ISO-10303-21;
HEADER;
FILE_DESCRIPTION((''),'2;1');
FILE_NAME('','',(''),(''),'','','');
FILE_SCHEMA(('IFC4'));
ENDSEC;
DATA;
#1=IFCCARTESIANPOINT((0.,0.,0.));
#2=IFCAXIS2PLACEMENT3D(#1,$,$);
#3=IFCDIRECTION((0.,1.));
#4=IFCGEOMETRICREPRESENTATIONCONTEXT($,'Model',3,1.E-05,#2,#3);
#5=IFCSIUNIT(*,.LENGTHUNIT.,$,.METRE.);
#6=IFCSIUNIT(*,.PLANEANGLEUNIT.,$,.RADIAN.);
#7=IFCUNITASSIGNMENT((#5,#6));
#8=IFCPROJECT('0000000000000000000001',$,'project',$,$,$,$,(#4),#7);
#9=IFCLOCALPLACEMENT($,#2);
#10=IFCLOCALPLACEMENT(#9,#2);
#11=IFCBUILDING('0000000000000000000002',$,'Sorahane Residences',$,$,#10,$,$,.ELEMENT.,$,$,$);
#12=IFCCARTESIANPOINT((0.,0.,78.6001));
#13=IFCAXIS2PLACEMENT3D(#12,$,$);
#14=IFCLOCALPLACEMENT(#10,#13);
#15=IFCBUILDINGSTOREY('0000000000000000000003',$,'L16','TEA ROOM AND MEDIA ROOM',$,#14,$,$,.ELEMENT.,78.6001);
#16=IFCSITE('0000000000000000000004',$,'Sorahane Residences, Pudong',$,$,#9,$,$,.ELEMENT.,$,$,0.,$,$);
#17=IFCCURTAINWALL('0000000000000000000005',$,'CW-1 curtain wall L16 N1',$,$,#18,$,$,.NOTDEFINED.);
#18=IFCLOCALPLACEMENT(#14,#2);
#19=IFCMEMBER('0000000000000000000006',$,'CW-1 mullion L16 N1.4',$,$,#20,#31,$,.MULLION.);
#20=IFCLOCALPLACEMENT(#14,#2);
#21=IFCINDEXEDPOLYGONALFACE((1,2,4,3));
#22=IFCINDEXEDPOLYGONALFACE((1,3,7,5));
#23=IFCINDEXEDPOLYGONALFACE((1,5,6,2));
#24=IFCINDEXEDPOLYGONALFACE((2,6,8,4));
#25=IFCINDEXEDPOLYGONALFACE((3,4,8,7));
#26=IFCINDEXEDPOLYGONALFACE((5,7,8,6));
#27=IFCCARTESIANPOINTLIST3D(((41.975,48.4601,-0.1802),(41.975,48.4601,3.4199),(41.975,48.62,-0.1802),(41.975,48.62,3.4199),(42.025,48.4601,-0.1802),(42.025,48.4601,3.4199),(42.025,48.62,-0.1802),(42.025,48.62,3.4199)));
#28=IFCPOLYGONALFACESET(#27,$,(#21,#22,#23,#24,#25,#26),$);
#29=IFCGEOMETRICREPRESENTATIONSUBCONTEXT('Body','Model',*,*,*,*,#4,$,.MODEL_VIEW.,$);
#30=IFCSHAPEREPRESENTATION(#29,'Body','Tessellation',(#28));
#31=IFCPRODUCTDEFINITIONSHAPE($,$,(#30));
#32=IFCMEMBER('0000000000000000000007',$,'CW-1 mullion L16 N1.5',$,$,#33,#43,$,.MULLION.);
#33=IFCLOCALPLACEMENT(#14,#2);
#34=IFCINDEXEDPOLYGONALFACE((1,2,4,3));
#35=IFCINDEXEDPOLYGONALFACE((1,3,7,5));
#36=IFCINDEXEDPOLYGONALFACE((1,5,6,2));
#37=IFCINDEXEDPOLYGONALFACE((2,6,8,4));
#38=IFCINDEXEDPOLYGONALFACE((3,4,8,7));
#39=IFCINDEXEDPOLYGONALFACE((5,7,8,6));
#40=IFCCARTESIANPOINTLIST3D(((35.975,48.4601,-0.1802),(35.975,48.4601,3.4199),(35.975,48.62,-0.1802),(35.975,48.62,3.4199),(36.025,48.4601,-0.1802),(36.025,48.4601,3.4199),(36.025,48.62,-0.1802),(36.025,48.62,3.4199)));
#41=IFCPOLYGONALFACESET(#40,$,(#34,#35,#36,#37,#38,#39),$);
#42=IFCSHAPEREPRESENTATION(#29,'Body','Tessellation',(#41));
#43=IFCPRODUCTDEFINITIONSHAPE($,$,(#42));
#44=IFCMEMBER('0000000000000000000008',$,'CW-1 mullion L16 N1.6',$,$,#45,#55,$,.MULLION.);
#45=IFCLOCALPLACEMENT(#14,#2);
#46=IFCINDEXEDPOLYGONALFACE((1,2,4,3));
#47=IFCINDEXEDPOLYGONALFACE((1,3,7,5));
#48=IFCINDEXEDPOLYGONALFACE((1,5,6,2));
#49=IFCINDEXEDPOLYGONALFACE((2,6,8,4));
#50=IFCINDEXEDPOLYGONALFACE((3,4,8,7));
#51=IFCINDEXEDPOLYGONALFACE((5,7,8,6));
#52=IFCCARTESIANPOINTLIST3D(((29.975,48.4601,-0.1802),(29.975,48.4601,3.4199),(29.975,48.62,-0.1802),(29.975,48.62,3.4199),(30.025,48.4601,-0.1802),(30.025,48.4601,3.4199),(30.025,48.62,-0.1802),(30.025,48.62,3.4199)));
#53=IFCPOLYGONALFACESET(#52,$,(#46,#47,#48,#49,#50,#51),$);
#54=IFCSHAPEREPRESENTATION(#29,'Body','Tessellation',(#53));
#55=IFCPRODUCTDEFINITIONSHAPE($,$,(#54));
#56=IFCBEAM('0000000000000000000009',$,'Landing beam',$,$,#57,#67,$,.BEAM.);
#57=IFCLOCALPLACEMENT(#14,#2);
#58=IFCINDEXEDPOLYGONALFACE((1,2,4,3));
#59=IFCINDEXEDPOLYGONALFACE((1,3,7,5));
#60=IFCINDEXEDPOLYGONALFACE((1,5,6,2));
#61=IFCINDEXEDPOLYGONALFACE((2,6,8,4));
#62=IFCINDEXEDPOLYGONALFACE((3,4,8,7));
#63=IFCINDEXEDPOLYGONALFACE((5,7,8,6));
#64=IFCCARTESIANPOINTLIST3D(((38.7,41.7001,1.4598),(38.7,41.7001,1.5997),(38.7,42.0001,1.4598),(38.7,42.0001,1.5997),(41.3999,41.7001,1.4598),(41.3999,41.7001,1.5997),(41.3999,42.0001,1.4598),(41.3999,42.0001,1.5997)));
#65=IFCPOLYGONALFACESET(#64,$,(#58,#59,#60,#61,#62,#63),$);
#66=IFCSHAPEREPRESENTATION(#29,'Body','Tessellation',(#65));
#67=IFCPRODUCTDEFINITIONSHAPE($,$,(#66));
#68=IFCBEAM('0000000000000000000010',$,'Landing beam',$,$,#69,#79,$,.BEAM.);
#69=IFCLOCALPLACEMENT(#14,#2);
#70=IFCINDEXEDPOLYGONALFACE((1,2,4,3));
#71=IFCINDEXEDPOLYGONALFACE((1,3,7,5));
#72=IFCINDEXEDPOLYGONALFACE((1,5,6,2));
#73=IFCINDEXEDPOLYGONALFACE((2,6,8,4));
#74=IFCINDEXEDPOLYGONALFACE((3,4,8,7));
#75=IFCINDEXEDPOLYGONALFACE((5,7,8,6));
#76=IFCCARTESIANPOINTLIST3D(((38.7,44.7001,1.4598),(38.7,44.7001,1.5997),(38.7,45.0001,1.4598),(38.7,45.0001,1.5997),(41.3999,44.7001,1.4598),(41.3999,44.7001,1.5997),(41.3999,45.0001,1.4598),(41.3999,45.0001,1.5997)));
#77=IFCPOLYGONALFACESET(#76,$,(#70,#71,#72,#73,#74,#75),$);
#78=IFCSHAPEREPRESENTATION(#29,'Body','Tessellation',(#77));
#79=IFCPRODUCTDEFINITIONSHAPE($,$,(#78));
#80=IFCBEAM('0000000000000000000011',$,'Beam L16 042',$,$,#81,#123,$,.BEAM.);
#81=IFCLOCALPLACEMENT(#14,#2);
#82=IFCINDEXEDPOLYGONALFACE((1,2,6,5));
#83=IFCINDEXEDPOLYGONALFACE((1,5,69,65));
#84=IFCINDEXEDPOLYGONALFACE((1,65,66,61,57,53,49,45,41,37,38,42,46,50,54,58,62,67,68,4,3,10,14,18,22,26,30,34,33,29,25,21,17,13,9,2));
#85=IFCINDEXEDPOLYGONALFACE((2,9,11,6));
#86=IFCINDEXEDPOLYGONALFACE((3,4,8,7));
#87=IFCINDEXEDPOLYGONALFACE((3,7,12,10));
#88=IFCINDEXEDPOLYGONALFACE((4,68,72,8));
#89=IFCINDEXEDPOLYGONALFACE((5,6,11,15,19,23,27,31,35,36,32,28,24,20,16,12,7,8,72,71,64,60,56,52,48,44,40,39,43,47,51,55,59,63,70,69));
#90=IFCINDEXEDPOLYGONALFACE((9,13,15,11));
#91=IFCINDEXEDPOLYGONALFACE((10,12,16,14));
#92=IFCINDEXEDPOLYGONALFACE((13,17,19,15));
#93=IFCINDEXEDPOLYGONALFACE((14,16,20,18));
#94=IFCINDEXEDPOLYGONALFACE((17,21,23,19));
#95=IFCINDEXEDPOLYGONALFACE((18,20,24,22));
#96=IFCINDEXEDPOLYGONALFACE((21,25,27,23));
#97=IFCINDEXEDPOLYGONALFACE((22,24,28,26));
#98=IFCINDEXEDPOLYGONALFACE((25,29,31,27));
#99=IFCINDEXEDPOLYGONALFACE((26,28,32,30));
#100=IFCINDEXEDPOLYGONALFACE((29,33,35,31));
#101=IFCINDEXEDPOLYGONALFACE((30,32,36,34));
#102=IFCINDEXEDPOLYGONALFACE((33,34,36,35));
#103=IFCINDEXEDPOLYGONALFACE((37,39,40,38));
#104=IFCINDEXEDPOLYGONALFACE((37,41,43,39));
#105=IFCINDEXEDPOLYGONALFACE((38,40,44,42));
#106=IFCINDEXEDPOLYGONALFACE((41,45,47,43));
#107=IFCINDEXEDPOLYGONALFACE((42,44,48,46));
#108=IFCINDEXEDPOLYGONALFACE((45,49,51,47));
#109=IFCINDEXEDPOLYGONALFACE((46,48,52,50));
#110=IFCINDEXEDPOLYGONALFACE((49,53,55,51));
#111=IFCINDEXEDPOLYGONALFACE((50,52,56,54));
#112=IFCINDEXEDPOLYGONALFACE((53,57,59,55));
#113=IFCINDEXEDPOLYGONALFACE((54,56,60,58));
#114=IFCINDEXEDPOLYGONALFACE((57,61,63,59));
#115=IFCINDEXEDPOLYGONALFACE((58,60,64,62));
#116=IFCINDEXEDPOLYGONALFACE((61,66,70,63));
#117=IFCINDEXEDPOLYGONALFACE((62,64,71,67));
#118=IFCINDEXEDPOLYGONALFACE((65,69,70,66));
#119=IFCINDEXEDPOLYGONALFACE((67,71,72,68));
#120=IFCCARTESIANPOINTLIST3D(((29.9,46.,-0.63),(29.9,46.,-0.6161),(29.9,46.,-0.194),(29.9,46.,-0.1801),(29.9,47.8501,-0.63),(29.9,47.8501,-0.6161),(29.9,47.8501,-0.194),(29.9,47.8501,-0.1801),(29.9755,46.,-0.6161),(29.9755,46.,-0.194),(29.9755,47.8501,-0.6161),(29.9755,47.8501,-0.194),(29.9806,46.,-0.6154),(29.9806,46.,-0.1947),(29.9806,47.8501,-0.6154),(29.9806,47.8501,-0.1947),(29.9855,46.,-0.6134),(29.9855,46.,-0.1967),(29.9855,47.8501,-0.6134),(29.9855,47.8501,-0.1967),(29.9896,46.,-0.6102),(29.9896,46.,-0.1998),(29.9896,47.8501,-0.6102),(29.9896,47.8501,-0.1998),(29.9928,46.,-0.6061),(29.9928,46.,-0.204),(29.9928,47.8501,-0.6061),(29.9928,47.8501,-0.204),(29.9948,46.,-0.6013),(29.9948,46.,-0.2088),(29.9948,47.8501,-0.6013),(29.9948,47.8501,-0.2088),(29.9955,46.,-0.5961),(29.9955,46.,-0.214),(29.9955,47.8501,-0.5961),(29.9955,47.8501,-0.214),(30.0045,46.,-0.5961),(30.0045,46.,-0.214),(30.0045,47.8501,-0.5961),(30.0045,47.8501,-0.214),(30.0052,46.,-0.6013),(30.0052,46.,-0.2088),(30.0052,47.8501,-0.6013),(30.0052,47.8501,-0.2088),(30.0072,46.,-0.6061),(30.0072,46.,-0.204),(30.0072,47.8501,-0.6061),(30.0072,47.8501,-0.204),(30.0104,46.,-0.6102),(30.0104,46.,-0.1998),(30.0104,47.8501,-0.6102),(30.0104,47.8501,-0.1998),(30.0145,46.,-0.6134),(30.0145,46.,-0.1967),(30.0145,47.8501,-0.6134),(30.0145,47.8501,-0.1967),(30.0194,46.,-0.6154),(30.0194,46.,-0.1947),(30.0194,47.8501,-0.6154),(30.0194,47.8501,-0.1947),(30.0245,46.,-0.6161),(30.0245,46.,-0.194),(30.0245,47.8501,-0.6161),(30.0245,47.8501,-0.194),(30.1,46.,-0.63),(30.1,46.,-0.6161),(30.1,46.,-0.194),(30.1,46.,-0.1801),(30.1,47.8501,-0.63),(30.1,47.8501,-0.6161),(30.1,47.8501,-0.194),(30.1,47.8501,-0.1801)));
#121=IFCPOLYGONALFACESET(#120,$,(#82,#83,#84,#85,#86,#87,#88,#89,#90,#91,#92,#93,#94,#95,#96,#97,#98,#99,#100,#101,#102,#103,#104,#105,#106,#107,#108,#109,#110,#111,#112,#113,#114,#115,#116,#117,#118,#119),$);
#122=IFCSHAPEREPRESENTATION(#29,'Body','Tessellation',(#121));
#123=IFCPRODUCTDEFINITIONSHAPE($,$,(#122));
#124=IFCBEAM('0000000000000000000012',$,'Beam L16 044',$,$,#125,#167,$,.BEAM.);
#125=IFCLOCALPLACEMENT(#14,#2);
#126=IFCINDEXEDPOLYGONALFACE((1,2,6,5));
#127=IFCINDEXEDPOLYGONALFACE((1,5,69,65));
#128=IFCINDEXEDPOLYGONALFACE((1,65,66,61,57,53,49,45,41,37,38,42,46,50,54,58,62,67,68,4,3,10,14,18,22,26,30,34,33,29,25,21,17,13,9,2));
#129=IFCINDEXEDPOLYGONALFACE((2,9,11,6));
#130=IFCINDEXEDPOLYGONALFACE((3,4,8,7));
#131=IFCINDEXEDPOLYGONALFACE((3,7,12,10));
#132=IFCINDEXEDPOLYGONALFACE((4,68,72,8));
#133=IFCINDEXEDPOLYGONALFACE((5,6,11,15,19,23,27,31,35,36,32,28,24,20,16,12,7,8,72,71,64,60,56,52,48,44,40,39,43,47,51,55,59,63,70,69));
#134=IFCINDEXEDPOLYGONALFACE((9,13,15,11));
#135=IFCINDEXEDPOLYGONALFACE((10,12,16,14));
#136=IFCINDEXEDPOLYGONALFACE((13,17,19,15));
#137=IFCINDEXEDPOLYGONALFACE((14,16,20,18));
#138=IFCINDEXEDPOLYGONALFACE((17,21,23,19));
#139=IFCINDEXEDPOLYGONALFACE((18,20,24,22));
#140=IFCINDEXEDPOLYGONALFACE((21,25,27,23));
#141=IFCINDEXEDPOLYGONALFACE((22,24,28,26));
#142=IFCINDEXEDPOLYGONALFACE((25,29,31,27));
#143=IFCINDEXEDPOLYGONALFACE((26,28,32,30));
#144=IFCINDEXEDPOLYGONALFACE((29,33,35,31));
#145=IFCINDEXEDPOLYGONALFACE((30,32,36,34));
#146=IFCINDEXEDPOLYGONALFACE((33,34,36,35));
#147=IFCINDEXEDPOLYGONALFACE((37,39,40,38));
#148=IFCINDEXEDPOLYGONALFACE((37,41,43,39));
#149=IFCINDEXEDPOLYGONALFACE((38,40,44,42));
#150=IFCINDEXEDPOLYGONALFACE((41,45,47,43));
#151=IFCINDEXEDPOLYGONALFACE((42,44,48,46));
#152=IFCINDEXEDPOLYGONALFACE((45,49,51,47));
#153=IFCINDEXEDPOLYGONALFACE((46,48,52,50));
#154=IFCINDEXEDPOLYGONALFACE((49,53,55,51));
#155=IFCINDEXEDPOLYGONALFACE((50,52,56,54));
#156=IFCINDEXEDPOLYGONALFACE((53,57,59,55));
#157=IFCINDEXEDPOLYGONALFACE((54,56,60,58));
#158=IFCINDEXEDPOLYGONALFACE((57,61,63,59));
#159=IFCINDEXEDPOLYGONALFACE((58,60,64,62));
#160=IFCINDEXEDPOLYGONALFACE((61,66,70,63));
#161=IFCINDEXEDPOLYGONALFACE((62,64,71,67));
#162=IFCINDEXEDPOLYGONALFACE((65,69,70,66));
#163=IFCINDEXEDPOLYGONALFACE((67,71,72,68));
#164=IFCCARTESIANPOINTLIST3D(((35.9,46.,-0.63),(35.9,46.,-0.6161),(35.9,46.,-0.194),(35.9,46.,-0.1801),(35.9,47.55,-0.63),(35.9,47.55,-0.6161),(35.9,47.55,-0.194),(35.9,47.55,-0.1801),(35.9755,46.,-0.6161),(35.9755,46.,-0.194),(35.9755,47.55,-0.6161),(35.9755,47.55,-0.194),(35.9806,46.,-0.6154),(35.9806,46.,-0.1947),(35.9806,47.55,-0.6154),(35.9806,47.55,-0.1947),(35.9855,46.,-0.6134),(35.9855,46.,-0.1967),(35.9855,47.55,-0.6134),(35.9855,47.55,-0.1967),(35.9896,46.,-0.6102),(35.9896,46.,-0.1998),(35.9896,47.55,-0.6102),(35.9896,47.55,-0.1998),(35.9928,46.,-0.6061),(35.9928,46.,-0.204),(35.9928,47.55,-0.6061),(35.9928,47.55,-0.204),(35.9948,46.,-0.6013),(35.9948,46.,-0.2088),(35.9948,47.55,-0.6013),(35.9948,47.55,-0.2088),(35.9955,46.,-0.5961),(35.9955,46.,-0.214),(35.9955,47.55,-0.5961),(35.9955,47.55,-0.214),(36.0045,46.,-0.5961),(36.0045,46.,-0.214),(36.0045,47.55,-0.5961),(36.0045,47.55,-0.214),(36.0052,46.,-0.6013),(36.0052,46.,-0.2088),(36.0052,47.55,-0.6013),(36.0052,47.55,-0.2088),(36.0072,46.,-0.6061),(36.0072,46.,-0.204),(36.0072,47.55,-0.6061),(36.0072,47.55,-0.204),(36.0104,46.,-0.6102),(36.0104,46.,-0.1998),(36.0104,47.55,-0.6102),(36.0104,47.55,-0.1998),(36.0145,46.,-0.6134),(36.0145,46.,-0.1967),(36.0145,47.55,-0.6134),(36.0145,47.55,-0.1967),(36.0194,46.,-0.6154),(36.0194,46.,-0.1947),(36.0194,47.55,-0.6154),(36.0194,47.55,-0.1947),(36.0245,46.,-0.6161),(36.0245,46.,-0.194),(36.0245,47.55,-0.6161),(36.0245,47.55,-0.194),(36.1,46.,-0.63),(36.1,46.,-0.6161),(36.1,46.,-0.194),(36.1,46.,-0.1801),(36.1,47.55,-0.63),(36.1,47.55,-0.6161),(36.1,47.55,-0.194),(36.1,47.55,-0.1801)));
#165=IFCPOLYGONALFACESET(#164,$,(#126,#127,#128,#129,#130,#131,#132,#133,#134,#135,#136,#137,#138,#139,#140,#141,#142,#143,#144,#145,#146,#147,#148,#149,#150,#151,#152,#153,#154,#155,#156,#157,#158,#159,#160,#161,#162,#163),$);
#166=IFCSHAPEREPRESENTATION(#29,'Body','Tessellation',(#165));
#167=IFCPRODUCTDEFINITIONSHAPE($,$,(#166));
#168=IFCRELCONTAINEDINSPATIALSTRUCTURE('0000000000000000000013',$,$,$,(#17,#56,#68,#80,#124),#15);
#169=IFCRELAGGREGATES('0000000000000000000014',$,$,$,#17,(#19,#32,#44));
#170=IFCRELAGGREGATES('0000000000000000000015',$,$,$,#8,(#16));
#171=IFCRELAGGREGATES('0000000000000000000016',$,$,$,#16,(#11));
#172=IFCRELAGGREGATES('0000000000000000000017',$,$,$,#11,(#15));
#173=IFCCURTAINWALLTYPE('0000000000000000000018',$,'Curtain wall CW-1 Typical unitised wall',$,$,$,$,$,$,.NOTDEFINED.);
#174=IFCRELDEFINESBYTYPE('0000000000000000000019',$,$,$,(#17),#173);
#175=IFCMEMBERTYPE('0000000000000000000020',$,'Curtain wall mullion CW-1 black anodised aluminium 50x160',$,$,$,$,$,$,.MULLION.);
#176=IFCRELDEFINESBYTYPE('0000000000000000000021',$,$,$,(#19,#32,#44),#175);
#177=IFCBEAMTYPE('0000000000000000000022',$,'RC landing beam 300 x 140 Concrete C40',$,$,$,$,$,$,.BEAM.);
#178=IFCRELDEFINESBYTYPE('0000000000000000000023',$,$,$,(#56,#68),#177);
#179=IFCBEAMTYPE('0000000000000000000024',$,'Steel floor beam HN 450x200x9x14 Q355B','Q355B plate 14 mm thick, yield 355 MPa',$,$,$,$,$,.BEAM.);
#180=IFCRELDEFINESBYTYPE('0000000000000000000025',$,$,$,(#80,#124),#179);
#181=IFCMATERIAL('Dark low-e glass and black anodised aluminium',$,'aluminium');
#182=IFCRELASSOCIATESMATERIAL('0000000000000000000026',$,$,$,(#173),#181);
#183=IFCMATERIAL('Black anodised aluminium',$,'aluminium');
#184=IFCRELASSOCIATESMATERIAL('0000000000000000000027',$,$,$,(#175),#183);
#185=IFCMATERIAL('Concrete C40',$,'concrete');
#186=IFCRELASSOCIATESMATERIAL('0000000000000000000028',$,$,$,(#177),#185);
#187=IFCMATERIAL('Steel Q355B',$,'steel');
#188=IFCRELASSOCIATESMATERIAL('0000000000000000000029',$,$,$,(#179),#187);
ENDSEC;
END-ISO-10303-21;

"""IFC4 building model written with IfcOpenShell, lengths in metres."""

from ifc_helpers import new_model, si_unit, direction, frame, origin, origin_2d, place, context, subcontext, project, spatial, rectangle, i_section, extrude, material, material_profile, profile_set, type_object, element, aggregate, save


model = new_model("IFC4")

# Units and contexts
model_context = context("Model", 3, precision=1e-05, world=origin(), true_north=direction((0.0, 1.0)))
body_context = subcontext(model_context, "Body", "Model", "MODEL_VIEW")
ifc_project = project(units=[si_unit("LENGTHUNIT", "METRE"), si_unit("PLANEANGLEUNIT", "RADIAN")], contexts=[model_context])

# Site, building, storey
site_placement = place(None, origin())
site = spatial("IfcSite", under=ifc_project, at=site_placement, Name="Sorahane Residences, Pudong", CompositionType="ELEMENT", RefElevation=0.0)
building_placement = place(site_placement, origin())
building = spatial("IfcBuilding", under=site, at=building_placement, Name="Sorahane Residences", CompositionType="ELEMENT")
storey_placement = place(building_placement, frame((0.0, 0.0, 78.6001)))
storey = spatial("IfcBuildingStorey", under=building, at=storey_placement, Name="L16", Description="TEA ROOM AND MEDIA ROOM", CompositionType="ELEMENT", Elevation=78.6001)

# Curtain wall, members
ifc_material_1 = material(Name="Dark low-e glass and black anodised aluminium", Category="aluminium")
curtain_wall_type = type_object("IfcCurtainWallType", Name="Curtain wall CW-1 Typical unitised wall", PredefinedType="NOTDEFINED", material=ifc_material_1)
curtain_wall_placement = place(storey_placement, origin())
curtain_wall = element("IfcCurtainWall", 1, at=curtain_wall_placement, inside=storey, type_object=curtain_wall_type, Name="CW-1 curtain wall L16 N1", PredefinedType="NOTDEFINED")
ifc_material_2 = material(Name="Black anodised aluminium", Category="aluminium")
ifc_material_profile_1 = material_profile(ifc_material_2, rectangle(XDim=0.1599, YDim=0.05, at=origin_2d()), Name="Curtain wall mullion CW-1 black anodised aluminium 50x160")
ifc_profile_set_1 = profile_set([ifc_material_profile_1], Name="Black anodised aluminium")
member_type_1 = type_object("IfcMemberType", Name="Curtain wall mullion CW-1 black anodised aluminium 50x160", PredefinedType="MULLION", material=ifc_profile_set_1)
member_1_placement = place(storey_placement, frame((42.0, 48.54, -0.1802), z_axis=(0.0, 0.0, 1.0), x_axis=(0.0, 1.0, 0.0)))
member_1 = element("IfcMember", 2, at=member_1_placement, type_object=member_type_1, Name="CW-1 mullion L16 N1.4", PredefinedType="MULLION", context=body_context, shape_type="SweptSolid", body=[
    extrude(rectangle(XDim=0.1599, YDim=0.05, at=origin_2d()), origin(), (0.0, 0.0, 1.0), 3.6001),
])
member_2_placement = place(storey_placement, frame((36.0, 48.54, -0.1802), z_axis=(0.0, 0.0, 1.0), x_axis=(0.0, 1.0, 0.0)))
member_2 = element("IfcMember", 3, at=member_2_placement, type_object=member_type_1, Name="CW-1 mullion L16 N1.5", PredefinedType="MULLION", context=body_context, shape_type="SweptSolid", body=[
    extrude(rectangle(XDim=0.1599, YDim=0.05, at=origin_2d()), origin(), (0.0, 0.0, 1.0), 3.6001),
])
member_3_placement = place(storey_placement, frame((30.0, 48.54, -0.1802), z_axis=(0.0, 0.0, 1.0), x_axis=(0.0, 1.0, 0.0)))
member_3 = element("IfcMember", 4, at=member_3_placement, type_object=member_type_1, Name="CW-1 mullion L16 N1.6", PredefinedType="MULLION", context=body_context, shape_type="SweptSolid", body=[
    extrude(rectangle(XDim=0.1599, YDim=0.05, at=origin_2d()), origin(), (0.0, 0.0, 1.0), 3.6001),
])

# Beams
ifc_material_3 = material(Name="Concrete C40", Category="concrete")
ifc_material_profile_2 = material_profile(ifc_material_3, rectangle(XDim=0.3, YDim=0.1399, at=origin_2d()), Name="300x140")
ifc_profile_set_2 = profile_set([ifc_material_profile_2], Name="Concrete C40")
beam_type_1 = type_object("IfcBeamType", Name="RC landing beam 300 x 140 Concrete C40", PredefinedType="BEAM", material=ifc_profile_set_2)
for number, where, z_axis, x_axis, name in (
    (5, (38.7, 41.8501, 1.5298), (1.0, 0.0, 0.0), (0.0, 1.0, 0.0), "Landing beam"),
    (6, (38.7, 44.8501, 1.5298), (1.0, 0.0, 0.0), (0.0, 1.0, 0.0), "Landing beam"),
):
    element("IfcBeam", number, at=place(storey_placement, frame(where, z_axis=z_axis, x_axis=x_axis)), inside=storey, type_object=beam_type_1, Name=name, PredefinedType="BEAM", context=body_context, shape_type="SweptSolid", body=[
        extrude(rectangle(XDim=0.3, YDim=0.1399, at=origin_2d()), origin(), (0.0, 0.0, 1.0), 2.7),
    ])
ifc_material_4 = material(Name="Steel Q355B", Category="steel")
ifc_material_profile_3 = material_profile(ifc_material_4, i_section(OverallWidth=0.2, OverallDepth=0.45, WebThickness=0.009, FlangeThickness=0.0139, FilletRadius=0.02, at=origin_2d()), Name="HN 450x200x9x14")
ifc_profile_set_3 = profile_set([ifc_material_profile_3], Name="Steel Q355B")
beam_type_2 = type_object("IfcBeamType", Name="Steel floor beam HN 450x200x9x14 Q355B", Description="Q355B plate 14 mm thick, yield 355 MPa", PredefinedType="BEAM", material=ifc_profile_set_3)
beam_1_placement = place(storey_placement, frame((30.0, 46.0, -0.405), z_axis=(0.0, 1.0, 0.0), x_axis=(-1.0, 0.0, 0.0)))
element("IfcBeam", 7, at=beam_1_placement, inside=storey, type_object=beam_type_2, Name="Beam L16 042", PredefinedType="BEAM", context=body_context, shape_type="SweptSolid", body=[
    extrude(i_section(OverallWidth=0.2, OverallDepth=0.45, WebThickness=0.009, FlangeThickness=0.0139, FilletRadius=0.02, at=origin_2d()), origin(), (0.0, 0.0, 1.0), 1.8501),
])
beam_2_placement = place(storey_placement, frame((36.0, 46.0, -0.405), z_axis=(0.0, 1.0, 0.0), x_axis=(-1.0, 0.0, 0.0)))
element("IfcBeam", 8, at=beam_2_placement, inside=storey, type_object=beam_type_2, Name="Beam L16 044", PredefinedType="BEAM", context=body_context, shape_type="SweptSolid", body=[
    extrude(i_section(OverallWidth=0.2, OverallDepth=0.45, WebThickness=0.009, FlangeThickness=0.0139, FilletRadius=0.02, at=origin_2d()), origin(), (0.0, 0.0, 1.0), 1.55),
])

aggregate(curtain_wall, [member_1, member_2, member_3])

save(model, "model.ifc")
